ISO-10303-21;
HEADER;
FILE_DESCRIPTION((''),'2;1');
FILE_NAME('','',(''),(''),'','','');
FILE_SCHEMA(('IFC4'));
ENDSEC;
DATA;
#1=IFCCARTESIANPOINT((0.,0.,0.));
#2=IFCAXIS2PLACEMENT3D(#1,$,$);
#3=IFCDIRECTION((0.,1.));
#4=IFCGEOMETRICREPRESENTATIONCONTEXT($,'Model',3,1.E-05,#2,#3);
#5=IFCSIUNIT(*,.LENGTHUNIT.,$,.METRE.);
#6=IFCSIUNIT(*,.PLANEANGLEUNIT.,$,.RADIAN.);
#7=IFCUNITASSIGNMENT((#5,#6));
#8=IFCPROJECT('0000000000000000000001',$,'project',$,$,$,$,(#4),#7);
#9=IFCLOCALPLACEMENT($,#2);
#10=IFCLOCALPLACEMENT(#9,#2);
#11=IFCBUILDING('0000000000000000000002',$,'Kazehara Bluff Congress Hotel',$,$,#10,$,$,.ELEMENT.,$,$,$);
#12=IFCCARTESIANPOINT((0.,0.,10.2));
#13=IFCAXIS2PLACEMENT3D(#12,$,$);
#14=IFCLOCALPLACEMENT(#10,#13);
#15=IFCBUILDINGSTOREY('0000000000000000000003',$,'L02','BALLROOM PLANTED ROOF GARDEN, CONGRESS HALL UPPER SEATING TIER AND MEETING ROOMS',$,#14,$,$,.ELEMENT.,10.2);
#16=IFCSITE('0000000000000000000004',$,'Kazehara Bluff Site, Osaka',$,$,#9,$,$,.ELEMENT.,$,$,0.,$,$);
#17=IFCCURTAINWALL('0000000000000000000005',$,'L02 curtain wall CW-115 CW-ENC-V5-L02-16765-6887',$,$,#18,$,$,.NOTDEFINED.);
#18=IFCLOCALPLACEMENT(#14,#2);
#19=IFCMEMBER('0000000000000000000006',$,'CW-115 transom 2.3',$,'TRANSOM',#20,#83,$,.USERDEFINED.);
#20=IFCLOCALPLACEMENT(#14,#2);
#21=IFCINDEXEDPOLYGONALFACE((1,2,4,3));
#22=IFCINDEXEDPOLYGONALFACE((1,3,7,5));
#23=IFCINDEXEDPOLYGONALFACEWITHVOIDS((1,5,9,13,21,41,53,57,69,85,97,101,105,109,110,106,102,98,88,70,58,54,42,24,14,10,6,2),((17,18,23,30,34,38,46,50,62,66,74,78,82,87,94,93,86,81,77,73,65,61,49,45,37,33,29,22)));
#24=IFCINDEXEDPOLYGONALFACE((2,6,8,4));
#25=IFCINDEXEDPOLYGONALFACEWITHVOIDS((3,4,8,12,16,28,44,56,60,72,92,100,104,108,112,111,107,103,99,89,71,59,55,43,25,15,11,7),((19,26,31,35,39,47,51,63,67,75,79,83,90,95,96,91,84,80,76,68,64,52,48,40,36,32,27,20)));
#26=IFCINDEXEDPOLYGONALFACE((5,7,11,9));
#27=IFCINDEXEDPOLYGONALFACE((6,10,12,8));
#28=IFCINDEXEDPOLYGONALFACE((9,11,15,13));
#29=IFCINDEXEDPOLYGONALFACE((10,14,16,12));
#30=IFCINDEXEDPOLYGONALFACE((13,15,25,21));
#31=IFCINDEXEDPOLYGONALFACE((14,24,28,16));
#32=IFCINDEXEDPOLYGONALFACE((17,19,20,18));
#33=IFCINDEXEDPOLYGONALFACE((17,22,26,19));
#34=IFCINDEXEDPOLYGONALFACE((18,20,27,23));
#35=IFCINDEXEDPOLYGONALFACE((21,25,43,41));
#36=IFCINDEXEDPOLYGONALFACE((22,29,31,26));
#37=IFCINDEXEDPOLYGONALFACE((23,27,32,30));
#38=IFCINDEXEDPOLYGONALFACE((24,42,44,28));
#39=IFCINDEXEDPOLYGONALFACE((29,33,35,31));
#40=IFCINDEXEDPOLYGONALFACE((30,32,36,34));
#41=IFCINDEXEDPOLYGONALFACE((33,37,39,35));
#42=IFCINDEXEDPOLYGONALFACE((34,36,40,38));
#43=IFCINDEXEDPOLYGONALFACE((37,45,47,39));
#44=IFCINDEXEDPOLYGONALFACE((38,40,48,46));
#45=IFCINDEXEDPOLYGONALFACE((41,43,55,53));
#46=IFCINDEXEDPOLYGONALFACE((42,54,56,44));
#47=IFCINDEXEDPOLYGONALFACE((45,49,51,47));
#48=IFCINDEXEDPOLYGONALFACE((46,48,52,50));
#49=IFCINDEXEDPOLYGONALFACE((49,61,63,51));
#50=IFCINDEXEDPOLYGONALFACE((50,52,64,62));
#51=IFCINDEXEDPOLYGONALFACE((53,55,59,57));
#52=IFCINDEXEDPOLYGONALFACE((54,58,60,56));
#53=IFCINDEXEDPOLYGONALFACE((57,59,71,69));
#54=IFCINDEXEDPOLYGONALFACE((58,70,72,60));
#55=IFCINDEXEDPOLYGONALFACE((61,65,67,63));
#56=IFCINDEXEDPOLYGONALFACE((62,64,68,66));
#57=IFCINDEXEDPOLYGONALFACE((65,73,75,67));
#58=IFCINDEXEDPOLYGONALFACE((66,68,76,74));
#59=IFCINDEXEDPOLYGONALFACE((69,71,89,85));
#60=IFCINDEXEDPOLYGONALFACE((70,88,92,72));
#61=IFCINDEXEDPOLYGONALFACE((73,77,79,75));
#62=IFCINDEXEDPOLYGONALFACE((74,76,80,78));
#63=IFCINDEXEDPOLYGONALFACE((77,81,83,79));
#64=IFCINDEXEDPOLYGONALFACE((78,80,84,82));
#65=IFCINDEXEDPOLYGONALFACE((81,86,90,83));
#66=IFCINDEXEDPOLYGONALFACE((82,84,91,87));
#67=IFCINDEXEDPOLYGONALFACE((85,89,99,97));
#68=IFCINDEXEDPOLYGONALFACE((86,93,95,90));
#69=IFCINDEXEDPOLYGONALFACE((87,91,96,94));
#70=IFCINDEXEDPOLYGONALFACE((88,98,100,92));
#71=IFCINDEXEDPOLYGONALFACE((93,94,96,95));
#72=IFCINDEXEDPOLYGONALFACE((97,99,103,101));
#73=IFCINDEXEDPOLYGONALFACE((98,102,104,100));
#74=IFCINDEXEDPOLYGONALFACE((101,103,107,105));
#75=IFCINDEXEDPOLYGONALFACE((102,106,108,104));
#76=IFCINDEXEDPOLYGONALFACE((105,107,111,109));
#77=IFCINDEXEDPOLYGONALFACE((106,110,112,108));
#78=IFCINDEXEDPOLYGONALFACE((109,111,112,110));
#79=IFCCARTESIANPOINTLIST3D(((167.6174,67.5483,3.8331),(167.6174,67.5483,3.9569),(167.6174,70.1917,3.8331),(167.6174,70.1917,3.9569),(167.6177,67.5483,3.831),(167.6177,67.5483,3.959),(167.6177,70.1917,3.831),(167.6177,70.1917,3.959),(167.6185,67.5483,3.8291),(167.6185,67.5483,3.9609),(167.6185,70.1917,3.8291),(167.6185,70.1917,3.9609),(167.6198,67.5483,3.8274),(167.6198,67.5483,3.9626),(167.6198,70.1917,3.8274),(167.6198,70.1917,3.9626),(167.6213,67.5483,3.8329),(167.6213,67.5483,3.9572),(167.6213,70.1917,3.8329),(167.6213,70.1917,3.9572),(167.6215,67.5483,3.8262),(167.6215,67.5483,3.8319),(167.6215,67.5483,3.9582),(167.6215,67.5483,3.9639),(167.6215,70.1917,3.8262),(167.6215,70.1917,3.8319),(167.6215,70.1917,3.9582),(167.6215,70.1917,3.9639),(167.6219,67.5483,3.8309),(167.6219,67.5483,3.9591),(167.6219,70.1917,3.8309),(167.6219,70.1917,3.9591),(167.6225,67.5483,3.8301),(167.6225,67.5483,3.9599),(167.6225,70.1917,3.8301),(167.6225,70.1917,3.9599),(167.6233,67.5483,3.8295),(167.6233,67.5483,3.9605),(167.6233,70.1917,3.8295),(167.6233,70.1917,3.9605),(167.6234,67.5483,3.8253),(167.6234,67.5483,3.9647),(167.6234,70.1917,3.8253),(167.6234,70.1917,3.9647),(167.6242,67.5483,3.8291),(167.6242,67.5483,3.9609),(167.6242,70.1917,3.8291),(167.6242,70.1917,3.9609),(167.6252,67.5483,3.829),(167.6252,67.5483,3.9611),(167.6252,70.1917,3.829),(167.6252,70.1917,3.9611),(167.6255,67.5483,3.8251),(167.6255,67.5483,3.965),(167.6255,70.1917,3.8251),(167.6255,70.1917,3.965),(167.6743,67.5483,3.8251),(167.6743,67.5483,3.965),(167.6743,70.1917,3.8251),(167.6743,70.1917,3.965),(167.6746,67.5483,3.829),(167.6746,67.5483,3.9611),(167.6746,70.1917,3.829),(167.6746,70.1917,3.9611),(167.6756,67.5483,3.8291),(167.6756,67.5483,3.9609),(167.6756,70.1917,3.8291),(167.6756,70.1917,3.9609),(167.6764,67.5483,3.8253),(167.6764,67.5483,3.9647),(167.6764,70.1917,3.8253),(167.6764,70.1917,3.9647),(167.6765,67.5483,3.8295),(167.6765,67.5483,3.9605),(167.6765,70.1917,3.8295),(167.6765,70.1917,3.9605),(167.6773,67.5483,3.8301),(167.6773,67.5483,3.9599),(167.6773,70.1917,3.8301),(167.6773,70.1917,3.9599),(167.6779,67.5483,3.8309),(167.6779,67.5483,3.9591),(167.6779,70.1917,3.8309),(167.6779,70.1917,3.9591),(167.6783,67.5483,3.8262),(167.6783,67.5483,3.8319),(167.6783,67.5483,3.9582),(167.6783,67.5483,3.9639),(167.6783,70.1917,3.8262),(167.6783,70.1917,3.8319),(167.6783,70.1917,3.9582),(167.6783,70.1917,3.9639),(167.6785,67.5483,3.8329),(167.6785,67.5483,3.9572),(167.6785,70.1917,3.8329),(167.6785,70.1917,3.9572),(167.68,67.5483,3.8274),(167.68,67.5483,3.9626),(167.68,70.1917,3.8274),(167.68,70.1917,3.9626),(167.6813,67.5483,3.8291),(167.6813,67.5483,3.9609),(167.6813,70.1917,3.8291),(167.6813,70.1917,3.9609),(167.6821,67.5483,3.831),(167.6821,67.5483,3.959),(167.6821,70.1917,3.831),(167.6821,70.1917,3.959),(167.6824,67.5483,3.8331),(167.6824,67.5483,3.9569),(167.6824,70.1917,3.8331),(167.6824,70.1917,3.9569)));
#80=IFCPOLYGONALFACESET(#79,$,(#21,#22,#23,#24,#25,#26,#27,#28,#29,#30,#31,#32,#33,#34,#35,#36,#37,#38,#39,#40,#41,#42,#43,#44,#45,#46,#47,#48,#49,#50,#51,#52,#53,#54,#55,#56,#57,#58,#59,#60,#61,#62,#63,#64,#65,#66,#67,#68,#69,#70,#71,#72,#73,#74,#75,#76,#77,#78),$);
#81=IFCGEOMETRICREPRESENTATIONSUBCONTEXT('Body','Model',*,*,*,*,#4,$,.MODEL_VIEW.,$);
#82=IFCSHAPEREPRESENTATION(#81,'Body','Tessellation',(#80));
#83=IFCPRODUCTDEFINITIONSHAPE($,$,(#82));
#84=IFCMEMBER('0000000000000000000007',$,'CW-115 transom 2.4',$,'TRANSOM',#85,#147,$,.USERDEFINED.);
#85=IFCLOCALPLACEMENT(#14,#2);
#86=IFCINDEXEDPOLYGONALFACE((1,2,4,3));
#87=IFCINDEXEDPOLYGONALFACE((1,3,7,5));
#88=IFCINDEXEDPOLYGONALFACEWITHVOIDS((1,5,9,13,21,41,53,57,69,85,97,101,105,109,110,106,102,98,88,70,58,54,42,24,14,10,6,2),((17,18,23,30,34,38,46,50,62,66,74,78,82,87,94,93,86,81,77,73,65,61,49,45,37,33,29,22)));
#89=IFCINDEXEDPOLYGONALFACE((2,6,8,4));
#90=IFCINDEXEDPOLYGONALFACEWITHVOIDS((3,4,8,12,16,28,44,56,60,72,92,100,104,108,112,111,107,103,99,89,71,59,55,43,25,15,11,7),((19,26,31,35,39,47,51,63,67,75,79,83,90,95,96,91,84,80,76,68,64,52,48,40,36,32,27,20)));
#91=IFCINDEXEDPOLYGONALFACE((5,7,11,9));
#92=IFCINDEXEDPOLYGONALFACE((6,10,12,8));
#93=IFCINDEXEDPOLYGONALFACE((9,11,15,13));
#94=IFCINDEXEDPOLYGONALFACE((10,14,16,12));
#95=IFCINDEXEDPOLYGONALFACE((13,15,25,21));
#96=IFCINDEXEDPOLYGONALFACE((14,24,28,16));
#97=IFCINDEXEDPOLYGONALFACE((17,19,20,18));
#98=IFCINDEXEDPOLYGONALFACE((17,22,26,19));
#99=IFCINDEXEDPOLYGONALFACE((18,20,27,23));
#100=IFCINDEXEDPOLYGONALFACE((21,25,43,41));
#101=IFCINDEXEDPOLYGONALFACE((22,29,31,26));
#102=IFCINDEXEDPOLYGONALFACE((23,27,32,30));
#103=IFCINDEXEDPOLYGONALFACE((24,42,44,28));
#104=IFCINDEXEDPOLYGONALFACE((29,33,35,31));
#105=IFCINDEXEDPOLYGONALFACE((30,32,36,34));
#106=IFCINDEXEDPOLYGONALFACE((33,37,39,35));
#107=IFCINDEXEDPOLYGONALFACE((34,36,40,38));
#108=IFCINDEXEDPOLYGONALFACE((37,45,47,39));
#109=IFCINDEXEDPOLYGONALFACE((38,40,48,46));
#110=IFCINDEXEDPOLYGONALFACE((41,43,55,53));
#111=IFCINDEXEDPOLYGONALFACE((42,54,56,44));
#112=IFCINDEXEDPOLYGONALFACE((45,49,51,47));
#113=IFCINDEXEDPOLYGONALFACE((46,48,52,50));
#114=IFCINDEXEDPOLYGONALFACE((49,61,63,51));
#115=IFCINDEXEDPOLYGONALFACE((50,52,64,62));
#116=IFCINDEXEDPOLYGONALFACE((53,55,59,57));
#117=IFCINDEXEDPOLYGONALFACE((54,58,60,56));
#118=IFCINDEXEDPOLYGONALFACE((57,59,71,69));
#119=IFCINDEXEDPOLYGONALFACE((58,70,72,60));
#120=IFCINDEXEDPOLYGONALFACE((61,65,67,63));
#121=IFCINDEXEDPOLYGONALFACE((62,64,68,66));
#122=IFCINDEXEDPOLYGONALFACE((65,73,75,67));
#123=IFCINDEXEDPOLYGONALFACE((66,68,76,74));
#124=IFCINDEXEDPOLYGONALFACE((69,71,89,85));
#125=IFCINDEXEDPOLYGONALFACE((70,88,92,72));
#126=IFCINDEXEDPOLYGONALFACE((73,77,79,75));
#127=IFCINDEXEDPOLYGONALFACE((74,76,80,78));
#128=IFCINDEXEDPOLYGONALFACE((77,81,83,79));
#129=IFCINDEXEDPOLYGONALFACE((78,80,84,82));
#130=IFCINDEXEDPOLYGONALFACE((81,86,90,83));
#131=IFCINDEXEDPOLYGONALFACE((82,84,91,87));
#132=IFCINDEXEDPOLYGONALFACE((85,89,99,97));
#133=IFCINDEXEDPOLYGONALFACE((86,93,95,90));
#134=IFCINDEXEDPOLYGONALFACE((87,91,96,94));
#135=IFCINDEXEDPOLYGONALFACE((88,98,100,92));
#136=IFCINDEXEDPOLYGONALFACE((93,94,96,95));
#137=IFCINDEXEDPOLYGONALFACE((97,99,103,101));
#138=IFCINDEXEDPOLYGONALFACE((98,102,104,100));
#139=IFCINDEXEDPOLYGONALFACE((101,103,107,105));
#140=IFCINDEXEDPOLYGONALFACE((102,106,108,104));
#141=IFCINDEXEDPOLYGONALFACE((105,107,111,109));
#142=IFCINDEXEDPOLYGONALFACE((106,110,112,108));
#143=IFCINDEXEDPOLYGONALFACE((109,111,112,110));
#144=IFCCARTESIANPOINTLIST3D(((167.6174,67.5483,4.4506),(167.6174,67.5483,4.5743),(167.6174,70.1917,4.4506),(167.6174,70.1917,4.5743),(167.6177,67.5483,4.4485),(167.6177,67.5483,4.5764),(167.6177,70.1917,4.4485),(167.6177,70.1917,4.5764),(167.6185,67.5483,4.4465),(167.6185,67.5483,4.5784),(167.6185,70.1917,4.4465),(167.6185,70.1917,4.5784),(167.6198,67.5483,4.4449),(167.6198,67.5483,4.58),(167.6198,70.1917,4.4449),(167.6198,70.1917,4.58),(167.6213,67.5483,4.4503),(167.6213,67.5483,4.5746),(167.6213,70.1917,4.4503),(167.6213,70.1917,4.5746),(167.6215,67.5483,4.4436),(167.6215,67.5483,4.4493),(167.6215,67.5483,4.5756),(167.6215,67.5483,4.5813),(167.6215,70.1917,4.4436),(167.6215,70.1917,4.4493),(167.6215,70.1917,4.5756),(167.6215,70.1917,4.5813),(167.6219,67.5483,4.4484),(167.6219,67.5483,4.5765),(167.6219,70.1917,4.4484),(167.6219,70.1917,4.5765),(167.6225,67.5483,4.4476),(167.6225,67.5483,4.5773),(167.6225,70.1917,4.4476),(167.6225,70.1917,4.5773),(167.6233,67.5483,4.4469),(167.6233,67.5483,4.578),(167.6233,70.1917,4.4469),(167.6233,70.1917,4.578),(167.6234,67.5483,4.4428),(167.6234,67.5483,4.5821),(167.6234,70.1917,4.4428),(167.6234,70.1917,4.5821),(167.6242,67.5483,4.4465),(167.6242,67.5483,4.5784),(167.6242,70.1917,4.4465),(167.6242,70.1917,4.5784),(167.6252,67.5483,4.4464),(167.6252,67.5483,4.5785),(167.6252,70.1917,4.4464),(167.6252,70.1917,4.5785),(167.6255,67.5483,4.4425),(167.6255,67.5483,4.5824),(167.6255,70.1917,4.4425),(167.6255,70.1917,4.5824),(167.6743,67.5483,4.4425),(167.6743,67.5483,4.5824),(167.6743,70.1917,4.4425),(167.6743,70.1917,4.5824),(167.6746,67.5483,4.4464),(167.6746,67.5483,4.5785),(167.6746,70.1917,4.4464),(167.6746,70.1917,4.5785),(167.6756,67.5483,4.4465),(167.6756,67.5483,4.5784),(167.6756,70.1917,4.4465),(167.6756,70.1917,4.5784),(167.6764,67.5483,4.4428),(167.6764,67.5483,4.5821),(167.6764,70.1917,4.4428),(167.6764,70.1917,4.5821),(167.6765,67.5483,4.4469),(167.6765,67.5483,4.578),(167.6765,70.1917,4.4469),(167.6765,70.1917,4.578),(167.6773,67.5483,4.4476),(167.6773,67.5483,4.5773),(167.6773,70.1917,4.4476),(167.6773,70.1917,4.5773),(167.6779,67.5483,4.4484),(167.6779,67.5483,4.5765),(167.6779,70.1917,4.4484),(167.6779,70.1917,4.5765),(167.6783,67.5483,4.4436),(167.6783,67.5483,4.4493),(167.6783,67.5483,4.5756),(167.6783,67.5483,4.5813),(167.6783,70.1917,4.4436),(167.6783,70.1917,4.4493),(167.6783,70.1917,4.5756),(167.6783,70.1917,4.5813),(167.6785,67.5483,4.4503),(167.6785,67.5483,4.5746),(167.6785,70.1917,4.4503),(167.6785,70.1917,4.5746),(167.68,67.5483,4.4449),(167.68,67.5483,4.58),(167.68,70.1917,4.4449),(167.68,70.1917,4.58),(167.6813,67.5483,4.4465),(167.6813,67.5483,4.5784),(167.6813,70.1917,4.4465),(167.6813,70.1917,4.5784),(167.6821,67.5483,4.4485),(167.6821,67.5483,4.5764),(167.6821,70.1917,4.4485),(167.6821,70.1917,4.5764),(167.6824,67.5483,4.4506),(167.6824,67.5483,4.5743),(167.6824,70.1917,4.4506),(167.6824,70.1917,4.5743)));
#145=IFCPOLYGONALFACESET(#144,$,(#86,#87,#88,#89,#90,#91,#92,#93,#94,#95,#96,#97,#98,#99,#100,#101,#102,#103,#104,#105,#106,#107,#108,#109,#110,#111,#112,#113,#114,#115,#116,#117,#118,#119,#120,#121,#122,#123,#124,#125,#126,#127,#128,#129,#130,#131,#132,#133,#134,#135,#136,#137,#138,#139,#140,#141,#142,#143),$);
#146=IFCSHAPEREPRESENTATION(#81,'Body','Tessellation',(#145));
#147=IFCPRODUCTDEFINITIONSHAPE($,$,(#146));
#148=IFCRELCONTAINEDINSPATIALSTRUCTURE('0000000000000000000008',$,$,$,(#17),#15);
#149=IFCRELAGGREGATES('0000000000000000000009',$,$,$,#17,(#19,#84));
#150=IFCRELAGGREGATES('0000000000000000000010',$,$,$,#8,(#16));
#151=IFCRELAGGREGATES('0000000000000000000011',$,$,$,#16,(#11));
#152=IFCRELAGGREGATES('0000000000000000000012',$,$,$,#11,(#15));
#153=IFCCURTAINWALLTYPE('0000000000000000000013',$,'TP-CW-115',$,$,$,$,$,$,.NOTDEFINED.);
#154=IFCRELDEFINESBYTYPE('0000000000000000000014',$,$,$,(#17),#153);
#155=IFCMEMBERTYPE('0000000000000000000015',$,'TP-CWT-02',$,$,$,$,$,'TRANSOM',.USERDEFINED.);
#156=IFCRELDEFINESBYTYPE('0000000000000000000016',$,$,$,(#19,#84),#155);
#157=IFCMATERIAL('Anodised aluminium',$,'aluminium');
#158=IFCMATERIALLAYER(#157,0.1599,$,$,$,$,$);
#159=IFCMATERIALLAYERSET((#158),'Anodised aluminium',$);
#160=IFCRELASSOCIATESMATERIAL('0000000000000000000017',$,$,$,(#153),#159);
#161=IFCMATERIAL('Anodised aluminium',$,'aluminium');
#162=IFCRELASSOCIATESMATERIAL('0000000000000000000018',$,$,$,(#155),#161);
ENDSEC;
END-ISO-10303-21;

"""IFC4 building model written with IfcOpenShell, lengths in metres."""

from ifc_helpers import new_model, si_unit, direction, frame, origin, origin_2d, place, context, subcontext, project, spatial, hollow_rectangle, extrude, material, layer, layer_set, material_profile, profile_set, type_object, element, aggregate, save


model = new_model("IFC4")

# Units and contexts
model_context = context("Model", 3, precision=1e-05, world=origin(), true_north=direction((0.0, 1.0)))
body_context = subcontext(model_context, "Body", "Model", "MODEL_VIEW")
ifc_project = project(units=[si_unit("LENGTHUNIT", "METRE"), si_unit("PLANEANGLEUNIT", "RADIAN")], contexts=[model_context])

# Site, building, storey
site_placement = place(None, origin())
site = spatial("IfcSite", under=ifc_project, at=site_placement, Name="Kazehara Bluff Site, Osaka", CompositionType="ELEMENT", RefElevation=0.0)
building_placement = place(site_placement, origin())
building = spatial("IfcBuilding", under=site, at=building_placement, Name="Kazehara Bluff Congress Hotel", CompositionType="ELEMENT")
storey_placement = place(building_placement, frame((0.0, 0.0, 10.2)))
storey = spatial("IfcBuildingStorey", under=building, at=storey_placement, Name="L02", Description="BALLROOM PLANTED ROOF GARDEN, CONGRESS HALL UPPER SEATING TIER AND MEETING ROOMS", CompositionType="ELEMENT", Elevation=10.2)

# Curtain wall
ifc_material_1 = material(Name="Anodised aluminium", Category="aluminium")
ifc_layer_1 = layer(ifc_material_1, 0.1599)
ifc_layer_set_1 = layer_set([ifc_layer_1], Name="Anodised aluminium")
curtain_wall_type_1 = type_object("IfcCurtainWallType", Name="TP-CW-115", PredefinedType="NOTDEFINED", material=ifc_layer_set_1)
curtain_wall_1_placement = place(storey_placement, origin())
curtain_wall_1 = element("IfcCurtainWall", 1, at=curtain_wall_1_placement, inside=storey, type_object=curtain_wall_type_1, Name="L02 curtain wall CW-115 CW-ENC-V5-L02-16765-6887", PredefinedType="NOTDEFINED")

# Members
ifc_material_2 = material(Name="Anodised aluminium", Category="aluminium")
ifc_material_profile_1 = material_profile(ifc_material_2, hollow_rectangle(XDim=0.0649, YDim=0.1399, WallThickness=0.0039, InnerFilletRadius=0.0039, OuterFilletRadius=0.0081, at=origin_2d()))
ifc_profile_set_1 = profile_set([ifc_material_profile_1], Name="Anodised aluminium")
member_type_1 = type_object("IfcMemberType", Name="TP-CWT-02", ElementType="TRANSOM", PredefinedType="USERDEFINED", material=ifc_profile_set_1)
member_1_placement = place(storey_placement, frame((167.6499, 70.1917, 3.895), z_axis=(0.0, -1.0, 0.0), x_axis=(1.0, 0.0, 0.0)))
member_1 = element("IfcMember", 2, at=member_1_placement, type_object=member_type_1, Name="CW-115 transom 2.3", ObjectType="TRANSOM", PredefinedType="USERDEFINED", context=body_context, shape_type="SweptSolid", body=[
    extrude(hollow_rectangle(XDim=0.0649, YDim=0.1399, WallThickness=0.0039, InnerFilletRadius=0.0039, OuterFilletRadius=0.0081, at=origin_2d()), origin(), (0.0, 0.0, 1.0), 2.6433),
])
member_2_placement = place(storey_placement, frame((167.6499, 70.1917, 4.5125), z_axis=(0.0, -1.0, 0.0), x_axis=(1.0, 0.0, 0.0)))
member_2 = element("IfcMember", 3, at=member_2_placement, type_object=member_type_1, Name="CW-115 transom 2.4", ObjectType="TRANSOM", PredefinedType="USERDEFINED", context=body_context, shape_type="SweptSolid", body=[
    extrude(hollow_rectangle(XDim=0.0649, YDim=0.1399, WallThickness=0.0039, InnerFilletRadius=0.0039, OuterFilletRadius=0.0081, at=origin_2d()), origin(), (0.0, 0.0, 1.0), 2.6433),
])

aggregate(curtain_wall_1, [member_1, member_2])

save(model, "model.ifc")
